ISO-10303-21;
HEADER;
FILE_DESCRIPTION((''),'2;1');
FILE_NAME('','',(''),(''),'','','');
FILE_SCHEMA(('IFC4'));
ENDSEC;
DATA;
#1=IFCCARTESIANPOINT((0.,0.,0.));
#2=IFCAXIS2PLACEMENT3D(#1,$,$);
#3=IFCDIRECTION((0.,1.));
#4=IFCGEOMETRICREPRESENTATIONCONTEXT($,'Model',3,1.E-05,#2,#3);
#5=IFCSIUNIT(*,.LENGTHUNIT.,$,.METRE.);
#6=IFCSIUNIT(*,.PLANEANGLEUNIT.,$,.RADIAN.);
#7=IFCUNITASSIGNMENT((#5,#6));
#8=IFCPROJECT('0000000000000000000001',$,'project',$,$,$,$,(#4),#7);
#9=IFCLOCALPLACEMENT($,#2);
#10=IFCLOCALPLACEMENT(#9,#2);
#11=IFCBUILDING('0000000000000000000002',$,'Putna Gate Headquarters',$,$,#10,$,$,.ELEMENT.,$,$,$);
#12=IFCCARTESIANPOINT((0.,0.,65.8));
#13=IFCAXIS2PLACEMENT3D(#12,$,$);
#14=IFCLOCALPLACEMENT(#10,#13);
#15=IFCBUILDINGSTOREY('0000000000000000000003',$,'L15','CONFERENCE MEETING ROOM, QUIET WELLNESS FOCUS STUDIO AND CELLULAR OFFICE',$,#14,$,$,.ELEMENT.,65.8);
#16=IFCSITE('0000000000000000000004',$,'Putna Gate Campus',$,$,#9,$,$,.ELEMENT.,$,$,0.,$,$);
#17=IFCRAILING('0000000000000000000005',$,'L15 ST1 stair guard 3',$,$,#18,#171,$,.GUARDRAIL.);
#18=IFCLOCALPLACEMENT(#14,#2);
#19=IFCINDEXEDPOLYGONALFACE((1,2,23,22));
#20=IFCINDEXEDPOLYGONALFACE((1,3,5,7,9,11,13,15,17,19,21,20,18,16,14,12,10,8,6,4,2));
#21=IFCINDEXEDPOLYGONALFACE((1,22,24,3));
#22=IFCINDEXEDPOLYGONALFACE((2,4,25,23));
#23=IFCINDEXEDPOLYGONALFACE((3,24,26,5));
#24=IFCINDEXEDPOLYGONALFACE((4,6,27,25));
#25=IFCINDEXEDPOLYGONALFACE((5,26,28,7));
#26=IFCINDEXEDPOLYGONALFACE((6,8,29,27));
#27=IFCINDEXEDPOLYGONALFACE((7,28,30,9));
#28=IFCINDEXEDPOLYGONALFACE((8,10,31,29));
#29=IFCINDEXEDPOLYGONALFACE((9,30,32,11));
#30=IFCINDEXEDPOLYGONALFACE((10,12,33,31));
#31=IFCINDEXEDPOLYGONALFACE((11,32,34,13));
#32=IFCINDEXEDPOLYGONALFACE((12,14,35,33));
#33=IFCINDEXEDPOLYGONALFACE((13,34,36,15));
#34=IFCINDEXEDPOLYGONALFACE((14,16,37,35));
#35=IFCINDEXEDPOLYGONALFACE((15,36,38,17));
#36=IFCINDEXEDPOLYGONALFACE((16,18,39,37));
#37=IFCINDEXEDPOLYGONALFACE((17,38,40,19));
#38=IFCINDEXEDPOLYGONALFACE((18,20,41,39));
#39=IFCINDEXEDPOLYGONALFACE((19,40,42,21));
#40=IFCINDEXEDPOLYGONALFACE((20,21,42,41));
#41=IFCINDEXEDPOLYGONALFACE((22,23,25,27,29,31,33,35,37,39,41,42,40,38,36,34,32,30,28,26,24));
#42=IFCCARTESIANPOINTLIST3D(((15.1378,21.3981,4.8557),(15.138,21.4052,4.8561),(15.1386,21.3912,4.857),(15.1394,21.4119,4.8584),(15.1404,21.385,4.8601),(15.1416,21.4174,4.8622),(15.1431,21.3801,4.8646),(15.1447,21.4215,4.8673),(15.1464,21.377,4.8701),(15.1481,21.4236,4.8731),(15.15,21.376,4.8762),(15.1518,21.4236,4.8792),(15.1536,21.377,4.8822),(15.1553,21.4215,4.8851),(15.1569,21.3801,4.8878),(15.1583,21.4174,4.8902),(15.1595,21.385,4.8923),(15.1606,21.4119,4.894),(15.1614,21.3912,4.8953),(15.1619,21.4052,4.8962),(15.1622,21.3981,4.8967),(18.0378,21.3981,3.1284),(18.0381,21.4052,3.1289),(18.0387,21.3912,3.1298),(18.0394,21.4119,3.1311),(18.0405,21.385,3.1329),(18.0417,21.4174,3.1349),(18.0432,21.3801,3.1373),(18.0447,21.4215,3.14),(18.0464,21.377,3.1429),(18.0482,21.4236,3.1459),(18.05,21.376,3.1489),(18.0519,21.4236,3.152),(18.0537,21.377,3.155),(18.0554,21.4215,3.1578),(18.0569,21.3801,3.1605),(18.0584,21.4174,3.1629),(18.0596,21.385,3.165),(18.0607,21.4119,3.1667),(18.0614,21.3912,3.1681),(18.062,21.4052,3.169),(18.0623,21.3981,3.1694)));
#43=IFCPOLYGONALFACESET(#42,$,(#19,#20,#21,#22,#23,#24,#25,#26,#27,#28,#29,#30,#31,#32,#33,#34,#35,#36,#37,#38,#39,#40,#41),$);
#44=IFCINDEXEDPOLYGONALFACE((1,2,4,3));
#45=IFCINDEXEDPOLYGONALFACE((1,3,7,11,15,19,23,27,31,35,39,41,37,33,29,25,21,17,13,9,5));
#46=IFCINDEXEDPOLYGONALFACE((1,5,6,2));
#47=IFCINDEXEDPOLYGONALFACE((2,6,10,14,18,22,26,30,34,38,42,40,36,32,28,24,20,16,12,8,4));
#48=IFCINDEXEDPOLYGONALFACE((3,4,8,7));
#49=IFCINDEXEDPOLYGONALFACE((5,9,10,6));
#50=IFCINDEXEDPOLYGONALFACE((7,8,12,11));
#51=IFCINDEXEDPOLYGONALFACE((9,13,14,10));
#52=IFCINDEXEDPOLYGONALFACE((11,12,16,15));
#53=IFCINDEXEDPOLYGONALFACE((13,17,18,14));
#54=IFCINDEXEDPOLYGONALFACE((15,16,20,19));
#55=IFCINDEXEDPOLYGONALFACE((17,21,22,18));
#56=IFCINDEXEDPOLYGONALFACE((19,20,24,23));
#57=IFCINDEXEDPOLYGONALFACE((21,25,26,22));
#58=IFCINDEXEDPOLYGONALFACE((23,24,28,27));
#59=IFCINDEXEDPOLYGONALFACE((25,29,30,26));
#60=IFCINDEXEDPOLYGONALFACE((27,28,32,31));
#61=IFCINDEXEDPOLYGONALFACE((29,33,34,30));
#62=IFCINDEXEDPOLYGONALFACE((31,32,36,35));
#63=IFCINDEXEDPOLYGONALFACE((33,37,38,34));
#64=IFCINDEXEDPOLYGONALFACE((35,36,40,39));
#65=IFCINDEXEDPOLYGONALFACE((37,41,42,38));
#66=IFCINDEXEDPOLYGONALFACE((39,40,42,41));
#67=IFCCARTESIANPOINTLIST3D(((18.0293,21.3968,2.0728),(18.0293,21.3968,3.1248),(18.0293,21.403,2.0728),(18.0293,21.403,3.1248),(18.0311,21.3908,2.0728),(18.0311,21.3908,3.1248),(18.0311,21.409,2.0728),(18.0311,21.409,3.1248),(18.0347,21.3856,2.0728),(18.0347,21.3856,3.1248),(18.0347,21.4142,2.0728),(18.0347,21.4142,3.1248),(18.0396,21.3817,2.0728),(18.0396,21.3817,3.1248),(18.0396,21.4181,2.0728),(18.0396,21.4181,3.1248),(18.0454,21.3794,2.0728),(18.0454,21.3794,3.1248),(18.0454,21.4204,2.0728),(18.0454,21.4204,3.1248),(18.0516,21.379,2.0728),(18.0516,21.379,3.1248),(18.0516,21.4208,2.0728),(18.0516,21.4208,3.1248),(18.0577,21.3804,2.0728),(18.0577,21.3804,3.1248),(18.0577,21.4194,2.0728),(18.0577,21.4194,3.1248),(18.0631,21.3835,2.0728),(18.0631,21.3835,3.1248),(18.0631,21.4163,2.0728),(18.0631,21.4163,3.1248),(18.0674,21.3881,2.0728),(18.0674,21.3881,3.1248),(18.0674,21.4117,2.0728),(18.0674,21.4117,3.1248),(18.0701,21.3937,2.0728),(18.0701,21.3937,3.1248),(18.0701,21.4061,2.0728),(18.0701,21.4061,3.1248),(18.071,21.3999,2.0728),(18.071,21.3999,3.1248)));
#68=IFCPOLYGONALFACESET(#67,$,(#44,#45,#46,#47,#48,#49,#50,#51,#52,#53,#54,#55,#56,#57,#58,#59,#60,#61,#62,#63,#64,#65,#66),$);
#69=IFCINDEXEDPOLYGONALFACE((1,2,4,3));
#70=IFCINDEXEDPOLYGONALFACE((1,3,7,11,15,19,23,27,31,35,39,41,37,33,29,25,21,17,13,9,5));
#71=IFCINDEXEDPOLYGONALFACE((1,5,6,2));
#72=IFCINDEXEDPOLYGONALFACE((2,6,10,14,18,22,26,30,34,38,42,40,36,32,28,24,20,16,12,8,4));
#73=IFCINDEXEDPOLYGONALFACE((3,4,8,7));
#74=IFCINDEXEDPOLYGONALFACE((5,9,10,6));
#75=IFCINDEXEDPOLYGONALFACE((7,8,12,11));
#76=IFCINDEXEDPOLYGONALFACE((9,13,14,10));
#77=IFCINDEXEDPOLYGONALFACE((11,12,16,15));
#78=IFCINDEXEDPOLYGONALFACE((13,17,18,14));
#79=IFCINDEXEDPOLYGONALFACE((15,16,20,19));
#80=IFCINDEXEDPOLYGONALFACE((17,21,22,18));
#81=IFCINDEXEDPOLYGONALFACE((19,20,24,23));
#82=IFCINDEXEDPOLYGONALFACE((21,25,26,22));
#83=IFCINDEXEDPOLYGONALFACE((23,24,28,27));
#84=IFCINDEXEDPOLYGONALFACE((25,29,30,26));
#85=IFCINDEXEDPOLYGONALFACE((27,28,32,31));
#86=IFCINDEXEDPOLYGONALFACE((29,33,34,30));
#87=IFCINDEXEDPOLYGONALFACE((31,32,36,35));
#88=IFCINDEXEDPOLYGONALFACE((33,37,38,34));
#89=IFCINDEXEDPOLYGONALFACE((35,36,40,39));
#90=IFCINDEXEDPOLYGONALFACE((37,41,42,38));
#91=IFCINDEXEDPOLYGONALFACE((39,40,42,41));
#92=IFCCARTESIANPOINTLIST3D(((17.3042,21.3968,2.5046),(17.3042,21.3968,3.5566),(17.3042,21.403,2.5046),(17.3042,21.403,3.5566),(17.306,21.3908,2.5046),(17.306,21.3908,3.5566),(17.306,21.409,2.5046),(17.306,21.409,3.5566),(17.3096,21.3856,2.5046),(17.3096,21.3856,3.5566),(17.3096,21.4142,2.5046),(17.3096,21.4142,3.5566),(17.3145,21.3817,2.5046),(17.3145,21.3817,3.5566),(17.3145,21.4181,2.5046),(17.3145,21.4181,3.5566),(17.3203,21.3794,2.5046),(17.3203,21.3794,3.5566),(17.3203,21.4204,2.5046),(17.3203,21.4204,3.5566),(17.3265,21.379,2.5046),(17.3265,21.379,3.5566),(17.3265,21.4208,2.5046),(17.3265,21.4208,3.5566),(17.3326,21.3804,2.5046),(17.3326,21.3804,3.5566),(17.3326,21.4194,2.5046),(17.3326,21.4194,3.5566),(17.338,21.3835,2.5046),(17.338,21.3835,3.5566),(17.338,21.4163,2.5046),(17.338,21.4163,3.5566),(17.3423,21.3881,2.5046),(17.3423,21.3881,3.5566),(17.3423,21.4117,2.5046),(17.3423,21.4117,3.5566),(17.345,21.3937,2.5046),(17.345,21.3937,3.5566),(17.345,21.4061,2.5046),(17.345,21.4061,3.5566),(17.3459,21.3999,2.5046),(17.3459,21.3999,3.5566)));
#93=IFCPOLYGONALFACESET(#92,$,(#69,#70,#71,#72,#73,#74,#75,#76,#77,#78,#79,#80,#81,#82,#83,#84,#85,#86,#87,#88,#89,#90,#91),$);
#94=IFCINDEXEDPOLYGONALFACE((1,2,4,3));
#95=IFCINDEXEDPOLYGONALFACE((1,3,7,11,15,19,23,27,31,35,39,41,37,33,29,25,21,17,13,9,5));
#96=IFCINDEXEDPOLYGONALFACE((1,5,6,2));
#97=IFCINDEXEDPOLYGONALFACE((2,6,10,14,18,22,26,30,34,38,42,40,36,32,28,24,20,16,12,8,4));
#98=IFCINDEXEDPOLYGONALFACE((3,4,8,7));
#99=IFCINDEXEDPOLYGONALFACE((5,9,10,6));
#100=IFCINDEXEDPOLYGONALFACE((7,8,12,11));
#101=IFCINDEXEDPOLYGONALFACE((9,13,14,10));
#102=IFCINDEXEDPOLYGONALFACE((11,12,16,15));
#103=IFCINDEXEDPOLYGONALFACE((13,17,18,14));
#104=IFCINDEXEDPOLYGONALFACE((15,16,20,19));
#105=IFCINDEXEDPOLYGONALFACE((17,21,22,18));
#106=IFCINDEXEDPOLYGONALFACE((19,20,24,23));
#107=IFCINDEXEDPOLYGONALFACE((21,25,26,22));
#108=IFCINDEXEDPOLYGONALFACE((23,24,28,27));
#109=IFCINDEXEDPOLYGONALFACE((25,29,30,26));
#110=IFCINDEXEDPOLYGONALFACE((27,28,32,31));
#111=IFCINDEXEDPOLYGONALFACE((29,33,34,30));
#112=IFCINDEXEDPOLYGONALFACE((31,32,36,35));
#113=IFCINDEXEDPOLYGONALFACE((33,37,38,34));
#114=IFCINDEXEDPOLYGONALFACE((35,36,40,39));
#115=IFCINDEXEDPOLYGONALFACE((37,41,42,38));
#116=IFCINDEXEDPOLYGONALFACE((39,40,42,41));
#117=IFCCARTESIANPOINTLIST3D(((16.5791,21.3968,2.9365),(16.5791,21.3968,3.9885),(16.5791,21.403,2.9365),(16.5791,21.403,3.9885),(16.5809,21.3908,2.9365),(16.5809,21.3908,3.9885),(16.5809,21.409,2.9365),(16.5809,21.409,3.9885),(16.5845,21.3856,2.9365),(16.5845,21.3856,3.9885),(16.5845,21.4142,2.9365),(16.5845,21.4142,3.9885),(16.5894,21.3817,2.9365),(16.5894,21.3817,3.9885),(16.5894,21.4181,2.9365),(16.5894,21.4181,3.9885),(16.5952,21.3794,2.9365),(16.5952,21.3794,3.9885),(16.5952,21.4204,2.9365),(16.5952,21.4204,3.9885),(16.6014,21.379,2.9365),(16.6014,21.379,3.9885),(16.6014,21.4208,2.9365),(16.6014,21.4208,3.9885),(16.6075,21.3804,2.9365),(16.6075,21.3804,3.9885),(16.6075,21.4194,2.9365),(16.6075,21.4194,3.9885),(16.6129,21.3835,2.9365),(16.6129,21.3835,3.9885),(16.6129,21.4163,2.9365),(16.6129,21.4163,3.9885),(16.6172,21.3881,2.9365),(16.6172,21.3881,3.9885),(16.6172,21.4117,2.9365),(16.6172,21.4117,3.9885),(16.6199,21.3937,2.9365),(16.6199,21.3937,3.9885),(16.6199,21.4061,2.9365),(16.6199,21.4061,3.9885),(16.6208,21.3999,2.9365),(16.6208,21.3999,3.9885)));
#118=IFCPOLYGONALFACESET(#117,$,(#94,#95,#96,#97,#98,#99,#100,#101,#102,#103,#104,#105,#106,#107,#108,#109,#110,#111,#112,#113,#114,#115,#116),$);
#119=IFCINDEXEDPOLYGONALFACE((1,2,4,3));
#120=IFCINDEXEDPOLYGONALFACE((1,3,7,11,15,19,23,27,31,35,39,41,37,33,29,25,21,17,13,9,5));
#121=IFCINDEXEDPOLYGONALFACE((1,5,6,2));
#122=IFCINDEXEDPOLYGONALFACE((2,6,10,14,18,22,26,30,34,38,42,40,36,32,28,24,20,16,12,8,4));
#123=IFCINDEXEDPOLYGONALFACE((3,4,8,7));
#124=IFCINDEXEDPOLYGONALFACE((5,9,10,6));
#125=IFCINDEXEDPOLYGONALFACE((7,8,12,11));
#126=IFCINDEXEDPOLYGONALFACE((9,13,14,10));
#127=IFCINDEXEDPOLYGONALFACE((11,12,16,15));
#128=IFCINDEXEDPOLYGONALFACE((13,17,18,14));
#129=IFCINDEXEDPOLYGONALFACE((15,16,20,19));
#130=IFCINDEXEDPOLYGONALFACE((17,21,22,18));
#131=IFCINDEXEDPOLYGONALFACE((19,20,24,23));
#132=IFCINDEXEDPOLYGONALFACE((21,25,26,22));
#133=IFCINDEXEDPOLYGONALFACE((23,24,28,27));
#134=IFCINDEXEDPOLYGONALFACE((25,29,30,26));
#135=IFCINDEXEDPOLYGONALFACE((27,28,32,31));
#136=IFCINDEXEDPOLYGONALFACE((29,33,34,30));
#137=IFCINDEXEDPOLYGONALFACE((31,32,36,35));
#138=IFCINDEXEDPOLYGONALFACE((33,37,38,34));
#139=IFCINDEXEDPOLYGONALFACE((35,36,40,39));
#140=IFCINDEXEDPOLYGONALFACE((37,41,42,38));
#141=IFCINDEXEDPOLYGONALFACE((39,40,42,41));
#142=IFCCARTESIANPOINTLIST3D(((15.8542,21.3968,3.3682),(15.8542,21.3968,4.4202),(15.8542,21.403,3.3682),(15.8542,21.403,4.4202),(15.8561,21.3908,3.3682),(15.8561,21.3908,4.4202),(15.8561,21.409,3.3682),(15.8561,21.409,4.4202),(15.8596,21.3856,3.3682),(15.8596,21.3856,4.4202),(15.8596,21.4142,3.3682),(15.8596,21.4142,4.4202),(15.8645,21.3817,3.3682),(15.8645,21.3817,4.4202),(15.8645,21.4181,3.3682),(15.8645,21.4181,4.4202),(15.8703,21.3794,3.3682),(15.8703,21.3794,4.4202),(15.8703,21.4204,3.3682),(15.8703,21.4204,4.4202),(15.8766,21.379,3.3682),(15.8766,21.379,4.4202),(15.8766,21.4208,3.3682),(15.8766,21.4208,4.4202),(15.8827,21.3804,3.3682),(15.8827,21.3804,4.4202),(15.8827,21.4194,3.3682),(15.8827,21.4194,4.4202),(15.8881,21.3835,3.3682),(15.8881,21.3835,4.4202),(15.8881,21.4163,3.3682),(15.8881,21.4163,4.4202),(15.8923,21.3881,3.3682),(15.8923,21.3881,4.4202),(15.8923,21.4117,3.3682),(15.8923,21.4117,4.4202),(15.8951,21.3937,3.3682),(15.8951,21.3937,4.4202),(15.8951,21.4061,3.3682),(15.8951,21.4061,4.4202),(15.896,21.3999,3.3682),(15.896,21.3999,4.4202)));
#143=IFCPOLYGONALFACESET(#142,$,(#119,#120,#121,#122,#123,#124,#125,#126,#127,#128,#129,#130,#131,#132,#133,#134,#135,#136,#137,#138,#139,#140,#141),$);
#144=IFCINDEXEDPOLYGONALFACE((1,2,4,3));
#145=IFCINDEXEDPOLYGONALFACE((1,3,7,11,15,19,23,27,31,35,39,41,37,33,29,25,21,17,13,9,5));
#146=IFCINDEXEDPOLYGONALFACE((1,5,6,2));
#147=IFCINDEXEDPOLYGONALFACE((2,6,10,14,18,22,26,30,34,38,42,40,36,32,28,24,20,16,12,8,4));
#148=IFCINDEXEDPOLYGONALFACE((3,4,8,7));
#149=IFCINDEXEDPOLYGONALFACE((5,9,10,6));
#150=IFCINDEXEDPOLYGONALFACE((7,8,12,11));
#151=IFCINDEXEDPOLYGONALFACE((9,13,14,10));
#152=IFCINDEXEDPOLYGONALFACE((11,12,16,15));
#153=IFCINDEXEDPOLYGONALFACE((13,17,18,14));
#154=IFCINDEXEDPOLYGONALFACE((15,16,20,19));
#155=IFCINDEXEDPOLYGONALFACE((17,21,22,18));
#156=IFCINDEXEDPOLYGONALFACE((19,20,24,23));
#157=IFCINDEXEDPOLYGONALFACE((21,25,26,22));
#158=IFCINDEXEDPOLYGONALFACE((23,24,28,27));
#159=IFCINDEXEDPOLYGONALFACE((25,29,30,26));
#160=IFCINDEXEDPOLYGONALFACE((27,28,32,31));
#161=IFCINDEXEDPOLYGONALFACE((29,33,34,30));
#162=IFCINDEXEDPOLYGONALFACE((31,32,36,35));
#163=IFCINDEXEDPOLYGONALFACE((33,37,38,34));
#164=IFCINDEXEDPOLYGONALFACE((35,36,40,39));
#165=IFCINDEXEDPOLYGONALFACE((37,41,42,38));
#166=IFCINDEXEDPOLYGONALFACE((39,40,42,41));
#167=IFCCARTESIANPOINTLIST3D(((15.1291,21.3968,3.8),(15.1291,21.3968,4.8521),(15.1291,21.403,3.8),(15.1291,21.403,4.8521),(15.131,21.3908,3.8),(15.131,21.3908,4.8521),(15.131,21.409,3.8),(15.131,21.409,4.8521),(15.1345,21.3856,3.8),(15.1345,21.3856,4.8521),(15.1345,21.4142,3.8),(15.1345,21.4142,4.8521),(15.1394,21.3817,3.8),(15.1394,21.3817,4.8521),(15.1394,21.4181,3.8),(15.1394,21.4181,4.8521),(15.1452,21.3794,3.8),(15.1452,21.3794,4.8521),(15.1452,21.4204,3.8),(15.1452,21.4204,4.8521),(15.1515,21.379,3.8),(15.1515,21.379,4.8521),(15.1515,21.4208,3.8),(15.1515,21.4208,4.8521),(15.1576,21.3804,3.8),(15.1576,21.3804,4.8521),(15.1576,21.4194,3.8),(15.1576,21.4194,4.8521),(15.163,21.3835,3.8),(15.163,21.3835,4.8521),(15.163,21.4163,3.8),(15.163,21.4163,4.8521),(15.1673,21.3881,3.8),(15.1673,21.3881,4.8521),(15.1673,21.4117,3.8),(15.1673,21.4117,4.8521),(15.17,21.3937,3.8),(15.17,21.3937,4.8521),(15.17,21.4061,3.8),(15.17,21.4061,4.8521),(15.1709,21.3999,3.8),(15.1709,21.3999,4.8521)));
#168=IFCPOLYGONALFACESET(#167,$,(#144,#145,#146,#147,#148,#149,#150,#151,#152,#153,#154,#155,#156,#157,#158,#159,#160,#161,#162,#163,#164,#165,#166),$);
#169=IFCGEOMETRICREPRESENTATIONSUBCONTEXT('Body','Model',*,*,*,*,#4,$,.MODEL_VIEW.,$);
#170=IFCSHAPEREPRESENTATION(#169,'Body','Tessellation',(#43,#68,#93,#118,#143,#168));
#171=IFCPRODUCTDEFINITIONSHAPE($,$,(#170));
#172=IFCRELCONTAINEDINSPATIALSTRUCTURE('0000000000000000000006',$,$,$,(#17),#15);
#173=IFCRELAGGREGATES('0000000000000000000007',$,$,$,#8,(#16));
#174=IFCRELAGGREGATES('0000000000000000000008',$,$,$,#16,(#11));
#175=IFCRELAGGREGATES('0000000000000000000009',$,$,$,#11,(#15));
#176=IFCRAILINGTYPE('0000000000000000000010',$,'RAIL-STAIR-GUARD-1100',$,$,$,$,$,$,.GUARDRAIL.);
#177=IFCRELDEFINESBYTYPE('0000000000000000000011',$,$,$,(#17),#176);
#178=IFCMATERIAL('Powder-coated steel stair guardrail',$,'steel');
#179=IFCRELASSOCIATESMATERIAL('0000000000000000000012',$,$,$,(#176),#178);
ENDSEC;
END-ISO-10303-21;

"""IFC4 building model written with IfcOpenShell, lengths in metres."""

from ifc_helpers import new_model, si_unit, direction, frame, origin, origin_2d, place, context, subcontext, project, spatial, circle, extrude, material, type_object, element, save


model = new_model("IFC4")

# Units and contexts
model_context = context("Model", 3, precision=1e-05, world=origin(), true_north=direction((0.0, 1.0)))
body_context = subcontext(model_context, "Body", "Model", "MODEL_VIEW")
ifc_project = project(units=[si_unit("LENGTHUNIT", "METRE"), si_unit("PLANEANGLEUNIT", "RADIAN")], contexts=[model_context])

# Site, building, storey
site_placement = place(None, origin())
site = spatial("IfcSite", under=ifc_project, at=site_placement, Name="Putna Gate Campus", CompositionType="ELEMENT", RefElevation=0.0)
building_placement = place(site_placement, origin())
building = spatial("IfcBuilding", under=site, at=building_placement, Name="Putna Gate Headquarters", CompositionType="ELEMENT")
storey_placement = place(building_placement, frame((0.0, 0.0, 65.8)))
storey = spatial("IfcBuildingStorey", under=building, at=storey_placement, Name="L15", Description="CONFERENCE MEETING ROOM, QUIET WELLNESS FOCUS STUDIO AND CELLULAR OFFICE", CompositionType="ELEMENT", Elevation=65.8)

# Railing
ifc_material_1 = material(Name="Powder-coated steel stair guardrail", Category="steel")
railing_type = type_object("IfcRailingType", Name="RAIL-STAIR-GUARD-1100", PredefinedType="GUARDRAIL", material=ifc_material_1)
railing_placement = place(storey_placement, frame((18.05, 21.3999, 2.0728)))
element("IfcRailing", 1, at=railing_placement, inside=storey, type_object=railing_type, Name="L15 ST1 stair guard 3", PredefinedType="GUARDRAIL", context=body_context, shape_type="SweptSolid", body=[
    extrude(circle(Radius=0.0239, at=origin_2d()), frame((0.0, 0.0, 1.0762), z_axis=(-0.85916, 0.0, 0.511706), x_axis=(0.0, -1.0, 0.0)), (0.0, 0.0, 1.0), 3.3755),
    extrude(circle(Radius=0.021, at=origin_2d()), origin(), (0.0, 0.0, 1.0), 1.052),
    extrude(circle(Radius=0.021, at=origin_2d()), frame((-0.7251, 0.0, 0.4319)), (0.0, 0.0, 1.0), 1.052),
    extrude(circle(Radius=0.021, at=origin_2d()), frame((-1.4502, 0.0, 0.8638)), (0.0, 0.0, 1.0), 1.052),
    extrude(circle(Radius=0.021, at=origin_2d()), frame((-2.175, 0.0, 1.2954)), (0.0, 0.0, 1.0), 1.052),
    extrude(circle(Radius=0.021, at=origin_2d()), frame((-2.9001, 0.0, 1.7273)), (0.0, 0.0, 1.0), 1.052),
])

save(model, "model.ifc")
